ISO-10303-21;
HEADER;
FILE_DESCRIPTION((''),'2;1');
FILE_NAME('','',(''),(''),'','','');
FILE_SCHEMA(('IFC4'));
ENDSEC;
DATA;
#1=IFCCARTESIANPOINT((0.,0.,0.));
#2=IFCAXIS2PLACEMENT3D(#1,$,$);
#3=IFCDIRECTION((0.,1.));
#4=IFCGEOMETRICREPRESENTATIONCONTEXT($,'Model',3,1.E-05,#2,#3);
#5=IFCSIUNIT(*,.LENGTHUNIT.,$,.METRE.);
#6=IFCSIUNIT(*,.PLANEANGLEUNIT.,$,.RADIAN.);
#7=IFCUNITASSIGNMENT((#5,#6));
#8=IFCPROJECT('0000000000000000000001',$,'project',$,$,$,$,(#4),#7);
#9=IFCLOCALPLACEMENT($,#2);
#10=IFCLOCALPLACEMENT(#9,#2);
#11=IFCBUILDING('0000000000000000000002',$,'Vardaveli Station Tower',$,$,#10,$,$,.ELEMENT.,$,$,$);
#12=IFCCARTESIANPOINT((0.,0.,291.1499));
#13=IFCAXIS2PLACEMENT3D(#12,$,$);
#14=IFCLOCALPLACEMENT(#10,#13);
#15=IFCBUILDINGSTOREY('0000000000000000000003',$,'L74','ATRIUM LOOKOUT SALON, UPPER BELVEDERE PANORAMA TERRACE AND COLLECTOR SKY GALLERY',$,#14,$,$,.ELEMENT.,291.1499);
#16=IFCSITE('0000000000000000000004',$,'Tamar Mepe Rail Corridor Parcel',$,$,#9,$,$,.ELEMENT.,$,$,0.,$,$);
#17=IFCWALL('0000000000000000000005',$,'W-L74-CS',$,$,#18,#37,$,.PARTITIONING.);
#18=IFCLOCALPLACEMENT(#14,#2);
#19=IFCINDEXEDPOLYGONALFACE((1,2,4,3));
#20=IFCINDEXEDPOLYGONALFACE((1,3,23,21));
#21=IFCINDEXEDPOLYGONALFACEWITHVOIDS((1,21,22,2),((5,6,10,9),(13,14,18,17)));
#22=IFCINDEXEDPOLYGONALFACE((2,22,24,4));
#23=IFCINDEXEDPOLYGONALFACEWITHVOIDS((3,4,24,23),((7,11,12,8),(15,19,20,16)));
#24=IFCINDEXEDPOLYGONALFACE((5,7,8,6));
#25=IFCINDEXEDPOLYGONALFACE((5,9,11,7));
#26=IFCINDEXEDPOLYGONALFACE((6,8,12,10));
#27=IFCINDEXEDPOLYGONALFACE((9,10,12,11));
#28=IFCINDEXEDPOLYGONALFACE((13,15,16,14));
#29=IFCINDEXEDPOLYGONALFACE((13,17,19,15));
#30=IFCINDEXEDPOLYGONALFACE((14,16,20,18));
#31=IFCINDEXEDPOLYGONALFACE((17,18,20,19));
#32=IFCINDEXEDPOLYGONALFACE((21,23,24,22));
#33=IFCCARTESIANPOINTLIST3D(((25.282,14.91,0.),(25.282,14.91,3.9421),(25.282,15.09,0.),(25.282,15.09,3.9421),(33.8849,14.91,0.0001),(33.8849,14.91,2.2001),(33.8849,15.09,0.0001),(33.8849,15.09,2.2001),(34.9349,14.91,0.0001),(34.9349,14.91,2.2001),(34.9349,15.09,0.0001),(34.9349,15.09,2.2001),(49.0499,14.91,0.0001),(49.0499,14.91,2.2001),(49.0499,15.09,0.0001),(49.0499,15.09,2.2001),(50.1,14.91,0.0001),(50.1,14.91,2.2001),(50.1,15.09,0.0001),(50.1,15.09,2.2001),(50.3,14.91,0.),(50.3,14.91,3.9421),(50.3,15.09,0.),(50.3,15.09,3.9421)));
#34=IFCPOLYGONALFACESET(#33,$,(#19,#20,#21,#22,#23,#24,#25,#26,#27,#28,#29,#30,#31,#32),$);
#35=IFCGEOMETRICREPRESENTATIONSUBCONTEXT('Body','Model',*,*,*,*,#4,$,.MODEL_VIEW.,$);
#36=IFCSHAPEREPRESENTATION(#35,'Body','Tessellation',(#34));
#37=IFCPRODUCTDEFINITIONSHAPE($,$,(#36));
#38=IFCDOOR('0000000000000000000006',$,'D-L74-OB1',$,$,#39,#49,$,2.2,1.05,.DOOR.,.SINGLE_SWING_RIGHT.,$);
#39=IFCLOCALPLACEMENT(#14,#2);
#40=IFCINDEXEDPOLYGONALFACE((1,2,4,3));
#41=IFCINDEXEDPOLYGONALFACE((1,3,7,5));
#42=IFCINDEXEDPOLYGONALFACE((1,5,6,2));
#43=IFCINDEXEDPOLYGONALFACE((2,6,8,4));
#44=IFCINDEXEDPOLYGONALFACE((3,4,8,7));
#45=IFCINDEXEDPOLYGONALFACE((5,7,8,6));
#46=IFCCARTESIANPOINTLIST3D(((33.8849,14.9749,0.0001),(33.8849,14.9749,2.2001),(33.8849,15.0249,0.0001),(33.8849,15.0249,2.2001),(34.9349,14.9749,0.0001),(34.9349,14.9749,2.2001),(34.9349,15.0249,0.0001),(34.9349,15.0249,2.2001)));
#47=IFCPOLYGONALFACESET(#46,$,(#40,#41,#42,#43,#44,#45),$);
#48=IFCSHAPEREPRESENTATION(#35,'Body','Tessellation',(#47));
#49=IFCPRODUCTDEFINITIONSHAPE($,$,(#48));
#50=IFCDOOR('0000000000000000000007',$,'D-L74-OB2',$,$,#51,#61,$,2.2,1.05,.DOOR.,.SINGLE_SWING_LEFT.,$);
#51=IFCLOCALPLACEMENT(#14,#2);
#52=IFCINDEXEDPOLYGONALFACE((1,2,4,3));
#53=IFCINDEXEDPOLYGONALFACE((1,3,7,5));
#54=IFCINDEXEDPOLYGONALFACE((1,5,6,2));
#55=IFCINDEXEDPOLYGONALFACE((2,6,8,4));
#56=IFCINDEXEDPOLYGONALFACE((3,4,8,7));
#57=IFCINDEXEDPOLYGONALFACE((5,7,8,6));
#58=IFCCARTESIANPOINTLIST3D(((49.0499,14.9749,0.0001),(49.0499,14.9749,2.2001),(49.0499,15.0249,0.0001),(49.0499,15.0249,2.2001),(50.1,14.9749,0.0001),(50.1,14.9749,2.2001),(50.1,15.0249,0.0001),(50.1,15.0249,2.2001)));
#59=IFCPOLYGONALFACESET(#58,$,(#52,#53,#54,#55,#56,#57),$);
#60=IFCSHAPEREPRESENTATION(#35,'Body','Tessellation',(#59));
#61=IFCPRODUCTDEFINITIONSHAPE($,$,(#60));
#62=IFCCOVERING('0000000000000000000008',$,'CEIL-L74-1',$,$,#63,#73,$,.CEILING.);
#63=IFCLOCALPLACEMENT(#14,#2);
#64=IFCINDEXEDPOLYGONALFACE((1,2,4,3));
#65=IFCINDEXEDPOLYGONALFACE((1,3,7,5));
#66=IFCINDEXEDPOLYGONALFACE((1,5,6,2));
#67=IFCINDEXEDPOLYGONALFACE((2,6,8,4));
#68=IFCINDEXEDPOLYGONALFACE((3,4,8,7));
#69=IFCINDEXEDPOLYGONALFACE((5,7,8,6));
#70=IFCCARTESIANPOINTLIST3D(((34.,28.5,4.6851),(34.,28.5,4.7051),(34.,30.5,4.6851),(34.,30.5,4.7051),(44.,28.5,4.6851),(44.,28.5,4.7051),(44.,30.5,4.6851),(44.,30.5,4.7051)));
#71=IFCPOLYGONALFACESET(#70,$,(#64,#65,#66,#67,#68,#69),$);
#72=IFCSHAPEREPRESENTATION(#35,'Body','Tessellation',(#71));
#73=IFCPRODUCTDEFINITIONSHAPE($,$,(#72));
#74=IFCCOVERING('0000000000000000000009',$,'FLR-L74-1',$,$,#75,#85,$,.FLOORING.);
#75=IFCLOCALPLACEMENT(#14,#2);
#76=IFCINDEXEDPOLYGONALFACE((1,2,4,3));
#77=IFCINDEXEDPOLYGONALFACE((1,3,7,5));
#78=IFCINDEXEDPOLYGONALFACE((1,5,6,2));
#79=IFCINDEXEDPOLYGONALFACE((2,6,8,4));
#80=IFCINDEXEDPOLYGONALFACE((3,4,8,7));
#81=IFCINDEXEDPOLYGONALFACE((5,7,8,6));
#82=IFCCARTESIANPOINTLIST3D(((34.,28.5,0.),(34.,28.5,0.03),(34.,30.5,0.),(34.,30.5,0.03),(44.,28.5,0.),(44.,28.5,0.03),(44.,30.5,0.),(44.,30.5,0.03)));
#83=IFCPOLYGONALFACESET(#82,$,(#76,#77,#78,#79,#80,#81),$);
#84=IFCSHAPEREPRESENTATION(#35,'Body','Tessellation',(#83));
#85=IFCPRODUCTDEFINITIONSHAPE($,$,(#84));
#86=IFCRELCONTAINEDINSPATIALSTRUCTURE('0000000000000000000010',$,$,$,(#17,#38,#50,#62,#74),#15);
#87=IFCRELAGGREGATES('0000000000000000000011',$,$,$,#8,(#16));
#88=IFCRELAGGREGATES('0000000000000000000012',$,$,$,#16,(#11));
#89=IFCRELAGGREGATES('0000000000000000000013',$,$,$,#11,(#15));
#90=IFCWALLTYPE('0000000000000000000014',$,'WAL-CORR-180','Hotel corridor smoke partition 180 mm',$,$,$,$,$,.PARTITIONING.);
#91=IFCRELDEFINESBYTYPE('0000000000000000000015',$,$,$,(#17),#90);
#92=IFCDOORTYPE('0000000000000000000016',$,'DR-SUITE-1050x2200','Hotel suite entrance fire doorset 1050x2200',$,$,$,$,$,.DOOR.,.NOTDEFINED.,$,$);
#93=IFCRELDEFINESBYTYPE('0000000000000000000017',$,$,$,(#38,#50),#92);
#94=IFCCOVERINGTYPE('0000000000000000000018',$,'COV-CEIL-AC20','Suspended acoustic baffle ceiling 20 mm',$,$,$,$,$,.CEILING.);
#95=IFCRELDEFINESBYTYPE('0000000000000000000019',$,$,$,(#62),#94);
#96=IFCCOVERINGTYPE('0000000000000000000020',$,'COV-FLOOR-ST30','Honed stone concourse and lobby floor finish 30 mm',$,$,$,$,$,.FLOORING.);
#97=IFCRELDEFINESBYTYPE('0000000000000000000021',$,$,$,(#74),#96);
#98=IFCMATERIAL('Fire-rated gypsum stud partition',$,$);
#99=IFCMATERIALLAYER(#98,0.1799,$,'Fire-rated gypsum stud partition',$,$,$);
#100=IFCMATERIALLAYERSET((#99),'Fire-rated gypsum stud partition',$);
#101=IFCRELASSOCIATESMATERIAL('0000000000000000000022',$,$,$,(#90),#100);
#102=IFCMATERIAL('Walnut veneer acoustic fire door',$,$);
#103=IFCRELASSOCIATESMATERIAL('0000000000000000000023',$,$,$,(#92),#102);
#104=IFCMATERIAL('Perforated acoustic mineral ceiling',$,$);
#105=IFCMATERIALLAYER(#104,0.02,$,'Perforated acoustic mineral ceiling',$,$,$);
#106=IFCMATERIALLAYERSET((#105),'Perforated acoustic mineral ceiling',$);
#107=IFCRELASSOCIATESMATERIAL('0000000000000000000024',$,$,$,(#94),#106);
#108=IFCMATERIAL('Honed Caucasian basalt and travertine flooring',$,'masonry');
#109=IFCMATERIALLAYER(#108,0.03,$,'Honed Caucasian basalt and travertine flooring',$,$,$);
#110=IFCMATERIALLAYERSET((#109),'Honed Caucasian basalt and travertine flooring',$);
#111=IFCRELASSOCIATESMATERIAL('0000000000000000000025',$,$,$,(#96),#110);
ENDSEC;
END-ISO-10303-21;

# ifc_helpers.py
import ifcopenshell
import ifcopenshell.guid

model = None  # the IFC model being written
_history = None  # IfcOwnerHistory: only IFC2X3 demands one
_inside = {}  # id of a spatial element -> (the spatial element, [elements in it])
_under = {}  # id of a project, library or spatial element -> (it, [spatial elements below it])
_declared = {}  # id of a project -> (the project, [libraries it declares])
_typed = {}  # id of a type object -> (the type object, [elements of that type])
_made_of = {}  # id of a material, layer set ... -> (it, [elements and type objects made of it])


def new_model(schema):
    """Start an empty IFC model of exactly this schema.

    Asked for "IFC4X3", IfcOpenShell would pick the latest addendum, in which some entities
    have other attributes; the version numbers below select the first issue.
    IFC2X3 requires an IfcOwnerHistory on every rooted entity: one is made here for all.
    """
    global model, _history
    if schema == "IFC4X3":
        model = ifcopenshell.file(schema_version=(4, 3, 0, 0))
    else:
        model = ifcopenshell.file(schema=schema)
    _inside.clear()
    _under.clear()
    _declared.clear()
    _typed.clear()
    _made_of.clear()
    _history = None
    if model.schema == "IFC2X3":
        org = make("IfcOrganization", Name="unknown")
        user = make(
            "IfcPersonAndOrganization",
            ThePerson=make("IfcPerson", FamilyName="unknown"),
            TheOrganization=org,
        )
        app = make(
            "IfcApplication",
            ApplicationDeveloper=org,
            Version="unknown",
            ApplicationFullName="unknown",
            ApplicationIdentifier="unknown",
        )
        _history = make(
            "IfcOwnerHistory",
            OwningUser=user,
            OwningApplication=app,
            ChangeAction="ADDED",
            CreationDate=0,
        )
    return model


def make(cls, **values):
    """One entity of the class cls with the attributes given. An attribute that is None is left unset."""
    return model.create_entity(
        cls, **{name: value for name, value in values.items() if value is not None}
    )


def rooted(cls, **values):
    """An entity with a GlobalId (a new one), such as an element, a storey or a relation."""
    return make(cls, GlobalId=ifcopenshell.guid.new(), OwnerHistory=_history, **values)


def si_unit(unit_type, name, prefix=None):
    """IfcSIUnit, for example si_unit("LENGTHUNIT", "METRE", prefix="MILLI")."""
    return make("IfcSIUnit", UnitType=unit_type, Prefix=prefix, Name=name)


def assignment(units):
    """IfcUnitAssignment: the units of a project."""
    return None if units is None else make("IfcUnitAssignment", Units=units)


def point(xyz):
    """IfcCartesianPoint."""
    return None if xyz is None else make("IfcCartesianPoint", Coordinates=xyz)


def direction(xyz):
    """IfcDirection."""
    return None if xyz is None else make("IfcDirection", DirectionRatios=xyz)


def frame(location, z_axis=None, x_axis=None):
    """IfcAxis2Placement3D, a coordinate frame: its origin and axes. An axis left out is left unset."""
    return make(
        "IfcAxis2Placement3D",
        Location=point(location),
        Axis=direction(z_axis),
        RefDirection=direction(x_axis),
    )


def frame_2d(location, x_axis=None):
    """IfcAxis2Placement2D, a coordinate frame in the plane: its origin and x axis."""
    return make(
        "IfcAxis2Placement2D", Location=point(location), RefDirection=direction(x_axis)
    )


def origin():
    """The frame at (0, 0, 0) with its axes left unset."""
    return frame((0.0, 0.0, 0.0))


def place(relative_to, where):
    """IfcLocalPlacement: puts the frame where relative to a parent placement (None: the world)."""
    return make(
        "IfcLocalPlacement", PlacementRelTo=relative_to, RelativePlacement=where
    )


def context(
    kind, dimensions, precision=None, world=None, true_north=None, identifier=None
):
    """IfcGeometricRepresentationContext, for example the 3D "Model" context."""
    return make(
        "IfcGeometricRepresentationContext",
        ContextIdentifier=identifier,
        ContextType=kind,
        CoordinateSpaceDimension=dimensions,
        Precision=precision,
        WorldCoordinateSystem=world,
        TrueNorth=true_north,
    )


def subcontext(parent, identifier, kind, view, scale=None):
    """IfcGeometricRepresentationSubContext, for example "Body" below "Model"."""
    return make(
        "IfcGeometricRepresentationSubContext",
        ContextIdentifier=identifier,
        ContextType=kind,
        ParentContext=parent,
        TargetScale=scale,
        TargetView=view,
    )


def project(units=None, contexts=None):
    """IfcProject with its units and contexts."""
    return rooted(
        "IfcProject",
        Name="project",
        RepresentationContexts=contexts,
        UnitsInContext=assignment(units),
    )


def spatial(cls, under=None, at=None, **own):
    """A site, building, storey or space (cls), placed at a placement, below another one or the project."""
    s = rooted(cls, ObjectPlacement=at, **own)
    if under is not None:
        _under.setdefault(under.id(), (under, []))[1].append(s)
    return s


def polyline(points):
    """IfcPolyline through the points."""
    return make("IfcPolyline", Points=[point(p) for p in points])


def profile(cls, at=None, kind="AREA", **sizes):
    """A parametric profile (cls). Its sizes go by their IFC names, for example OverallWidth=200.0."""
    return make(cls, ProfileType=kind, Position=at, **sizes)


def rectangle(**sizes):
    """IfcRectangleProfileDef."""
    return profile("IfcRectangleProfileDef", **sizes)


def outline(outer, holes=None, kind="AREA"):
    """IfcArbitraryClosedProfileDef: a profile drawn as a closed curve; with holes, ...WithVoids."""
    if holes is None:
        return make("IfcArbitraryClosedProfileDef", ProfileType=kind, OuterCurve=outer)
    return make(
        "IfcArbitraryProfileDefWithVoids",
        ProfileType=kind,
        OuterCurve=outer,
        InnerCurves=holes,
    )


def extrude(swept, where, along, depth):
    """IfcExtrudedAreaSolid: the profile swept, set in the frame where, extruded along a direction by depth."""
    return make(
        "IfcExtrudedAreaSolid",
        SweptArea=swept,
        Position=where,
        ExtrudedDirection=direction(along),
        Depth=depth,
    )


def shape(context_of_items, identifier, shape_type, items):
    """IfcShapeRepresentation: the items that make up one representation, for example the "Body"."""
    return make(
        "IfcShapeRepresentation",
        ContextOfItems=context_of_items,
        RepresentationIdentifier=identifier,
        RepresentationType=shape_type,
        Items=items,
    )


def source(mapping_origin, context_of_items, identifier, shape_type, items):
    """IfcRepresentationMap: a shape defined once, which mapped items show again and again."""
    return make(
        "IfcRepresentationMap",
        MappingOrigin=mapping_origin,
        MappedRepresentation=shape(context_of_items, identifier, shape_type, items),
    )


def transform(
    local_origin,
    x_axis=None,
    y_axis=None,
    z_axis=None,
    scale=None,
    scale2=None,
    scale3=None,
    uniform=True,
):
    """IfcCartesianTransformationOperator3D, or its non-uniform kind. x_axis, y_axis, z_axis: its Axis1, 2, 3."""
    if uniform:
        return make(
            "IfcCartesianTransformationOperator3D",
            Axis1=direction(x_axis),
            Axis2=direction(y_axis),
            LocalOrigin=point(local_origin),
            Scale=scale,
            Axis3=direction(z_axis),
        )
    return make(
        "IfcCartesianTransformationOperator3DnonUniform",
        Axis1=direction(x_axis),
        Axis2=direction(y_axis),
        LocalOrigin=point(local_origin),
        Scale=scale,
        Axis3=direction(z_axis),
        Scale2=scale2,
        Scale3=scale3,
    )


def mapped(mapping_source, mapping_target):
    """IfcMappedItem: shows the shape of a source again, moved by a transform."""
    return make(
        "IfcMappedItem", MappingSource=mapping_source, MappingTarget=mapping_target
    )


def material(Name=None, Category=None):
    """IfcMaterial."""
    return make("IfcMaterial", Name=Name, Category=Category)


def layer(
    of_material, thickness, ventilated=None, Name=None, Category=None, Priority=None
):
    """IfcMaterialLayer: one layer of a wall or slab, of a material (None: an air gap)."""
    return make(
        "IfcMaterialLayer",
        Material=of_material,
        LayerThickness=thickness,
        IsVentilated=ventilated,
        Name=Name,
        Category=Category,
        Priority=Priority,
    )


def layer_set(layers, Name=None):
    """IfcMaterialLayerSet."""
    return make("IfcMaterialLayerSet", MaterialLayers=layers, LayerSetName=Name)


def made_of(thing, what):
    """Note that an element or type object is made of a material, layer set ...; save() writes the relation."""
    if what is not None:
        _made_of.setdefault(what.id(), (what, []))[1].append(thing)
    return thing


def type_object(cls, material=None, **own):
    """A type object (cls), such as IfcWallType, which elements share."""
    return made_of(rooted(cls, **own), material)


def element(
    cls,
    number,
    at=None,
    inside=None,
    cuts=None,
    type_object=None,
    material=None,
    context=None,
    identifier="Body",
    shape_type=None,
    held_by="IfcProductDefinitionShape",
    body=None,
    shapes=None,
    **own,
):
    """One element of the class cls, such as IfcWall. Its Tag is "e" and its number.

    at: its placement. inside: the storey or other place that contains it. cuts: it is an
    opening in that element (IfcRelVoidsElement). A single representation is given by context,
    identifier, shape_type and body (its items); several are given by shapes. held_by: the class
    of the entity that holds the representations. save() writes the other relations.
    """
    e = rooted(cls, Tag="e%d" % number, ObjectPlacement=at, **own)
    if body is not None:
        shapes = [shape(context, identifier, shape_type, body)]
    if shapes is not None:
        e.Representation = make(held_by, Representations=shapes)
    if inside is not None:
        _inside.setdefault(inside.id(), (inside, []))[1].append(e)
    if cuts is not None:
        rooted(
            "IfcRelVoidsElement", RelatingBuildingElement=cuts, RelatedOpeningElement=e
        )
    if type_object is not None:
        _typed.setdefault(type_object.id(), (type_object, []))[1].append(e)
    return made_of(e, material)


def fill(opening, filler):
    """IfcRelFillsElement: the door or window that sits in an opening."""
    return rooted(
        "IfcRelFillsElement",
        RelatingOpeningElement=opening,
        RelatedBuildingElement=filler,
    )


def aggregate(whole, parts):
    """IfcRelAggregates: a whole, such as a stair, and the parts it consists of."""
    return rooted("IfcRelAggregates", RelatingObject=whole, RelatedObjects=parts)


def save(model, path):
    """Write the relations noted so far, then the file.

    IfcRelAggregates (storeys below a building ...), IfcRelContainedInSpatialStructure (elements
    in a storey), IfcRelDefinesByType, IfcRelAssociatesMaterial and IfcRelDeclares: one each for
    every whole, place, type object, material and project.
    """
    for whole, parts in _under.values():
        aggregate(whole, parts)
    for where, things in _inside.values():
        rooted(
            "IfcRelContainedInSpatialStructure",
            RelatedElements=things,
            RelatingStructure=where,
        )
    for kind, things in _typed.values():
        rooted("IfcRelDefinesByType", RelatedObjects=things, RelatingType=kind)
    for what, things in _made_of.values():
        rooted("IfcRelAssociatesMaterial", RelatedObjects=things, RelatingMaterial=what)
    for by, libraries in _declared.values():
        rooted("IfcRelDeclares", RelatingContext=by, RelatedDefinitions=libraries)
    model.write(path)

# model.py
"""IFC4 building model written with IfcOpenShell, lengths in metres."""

from ifc_helpers import new_model, si_unit, direction, frame, frame_2d, origin, place, context, subcontext, project, spatial, polyline, rectangle, outline, extrude, source, transform, mapped, material, layer, layer_set, type_object, element, fill, save


model = new_model("IFC4")

# Units and contexts
model_context = context("Model", 3, precision=1e-05, world=origin(), true_north=direction((0.0, 1.0)))
body_context = subcontext(model_context, "Body", "Model", "MODEL_VIEW")
ifc_project = project(units=[si_unit("LENGTHUNIT", "METRE"), si_unit("PLANEANGLEUNIT", "RADIAN")], contexts=[model_context])

# Site, building, storey
site_placement = place(None, origin())
site = spatial("IfcSite", under=ifc_project, at=site_placement, Name="Tamar Mepe Rail Corridor Parcel", CompositionType="ELEMENT", RefElevation=0.0)
building_placement = place(site_placement, origin())
building = spatial("IfcBuilding", under=site, at=building_placement, Name="Vardaveli Station Tower", CompositionType="ELEMENT")
storey_placement = place(building_placement, frame((0.0, 0.0, 291.1499)))
storey = spatial("IfcBuildingStorey", under=building, at=storey_placement, Name="L74", Description="ATRIUM LOOKOUT SALON, UPPER BELVEDERE PANORAMA TERRACE AND COLLECTOR SKY GALLERY", CompositionType="ELEMENT", Elevation=291.1499)

# Wall, openings, doors
ifc_material_1 = material(Name="Fire-rated gypsum stud partition")
ifc_layer_1 = layer(ifc_material_1, 0.1799, Name="Fire-rated gypsum stud partition")
ifc_layer_set_1 = layer_set([ifc_layer_1], Name="Fire-rated gypsum stud partition")
wall_type_1 = type_object("IfcWallType", Name="WAL-CORR-180", Description="Hotel corridor smoke partition 180 mm", PredefinedType="PARTITIONING", material=ifc_layer_set_1)
shared_shape_1 = source(origin(), body_context, "Body", "SweptSolid", [
    extrude(rectangle(XDim=25.0181, YDim=0.1799, at=frame_2d((12.509, 0.0))), origin(), (0.0, 0.0, 1.0), 3.9421),
])
wall_1_placement = place(storey_placement, frame((25.282, 15.0, 0.0), z_axis=(0.0, 0.0, 1.0), x_axis=(1.0, 0.0, 0.0)))
wall_1 = element("IfcWall", 1, at=wall_1_placement, inside=storey, type_object=wall_type_1, Name="W-L74-CS", PredefinedType="PARTITIONING", context=body_context, shape_type="MappedRepresentation", body=[
    mapped(shared_shape_1, transform((0.0, 0.0, 0.0), scale=1.0)),
])
shared_shape_2 = source(origin(), body_context, "Body", "SweptSolid", [
    extrude(rectangle(XDim=1.05, YDim=2.2, at=frame_2d((0.5249, 1.1001))), frame((0.0, 0.1001, 0.0), z_axis=(0.0, -1.0, 0.0), x_axis=(1.0, 0.0, 0.0)), (0.0, 0.0, 1.0), 0.2),
])
opening_1_placement = place(wall_1_placement, frame((8.603, 0.0, 0.0)))
opening_1 = element("IfcOpeningElement", 2, at=opening_1_placement, cuts=wall_1, PredefinedType="OPENING", context=body_context, shape_type="MappedRepresentation", body=[
    mapped(shared_shape_2, transform((0.0, 0.0, 0.0), scale=1.0)),
])
opening_2_placement = place(wall_1_placement, frame((23.7681, 0.0, 0.0)))
opening_2 = element("IfcOpeningElement", 3, at=opening_2_placement, cuts=wall_1, PredefinedType="OPENING", context=body_context, shape_type="MappedRepresentation", body=[
    mapped(shared_shape_2, transform((0.0, 0.0, 0.0), scale=1.0)),
])
ifc_material_2 = material(Name="Walnut veneer acoustic fire door")
door_type = type_object("IfcDoorType", Name="DR-SUITE-1050x2200", Description="Hotel suite entrance fire doorset 1050x2200", OperationType="NOTDEFINED", PredefinedType="DOOR", material=ifc_material_2)
shared_shape_3 = source(origin(), body_context, "Body", "SweptSolid", [
    extrude(rectangle(XDim=1.05, YDim=2.2, at=frame_2d((0.5249, 1.1001))), frame((0.0, 0.0249, 0.0), z_axis=(0.0, -1.0, 0.0), x_axis=(1.0, 0.0, 0.0)), (0.0, 0.0, 1.0), 0.05),
])
door_1_placement = place(opening_1_placement, origin())
door_1 = element("IfcDoor", 4, at=door_1_placement, inside=storey, type_object=door_type, Name="D-L74-OB1", OperationType="SINGLE_SWING_RIGHT", OverallHeight=2.2, OverallWidth=1.05, PredefinedType="DOOR", context=body_context, shape_type="MappedRepresentation", body=[
    mapped(shared_shape_3, transform((0.0, 0.0, 0.0), scale=1.0)),
])
fill(opening_1, door_1)
door_2_placement = place(opening_2_placement, origin())
door_2 = element("IfcDoor", 5, at=door_2_placement, inside=storey, type_object=door_type, Name="D-L74-OB2", OperationType="SINGLE_SWING_LEFT", OverallHeight=2.2, OverallWidth=1.05, PredefinedType="DOOR", context=body_context, shape_type="MappedRepresentation", body=[
    mapped(shared_shape_3, transform((0.0, 0.0, 0.0), scale=1.0)),
])
fill(opening_2, door_2)

# Coverings
ifc_material_3 = material(Name="Perforated acoustic mineral ceiling")
ifc_layer_2 = layer(ifc_material_3, 0.02, Name="Perforated acoustic mineral ceiling")
ifc_layer_set_2 = layer_set([ifc_layer_2], Name="Perforated acoustic mineral ceiling")
covering_type_1 = type_object("IfcCoveringType", Name="COV-CEIL-AC20", Description="Suspended acoustic baffle ceiling 20 mm", PredefinedType="CEILING", material=ifc_layer_set_2)
covering_1_placement = place(storey_placement, frame((0.0, 0.0, 4.6851)))
element("IfcCovering", 6, at=covering_1_placement, inside=storey, type_object=covering_type_1, Name="CEIL-L74-1", PredefinedType="CEILING", context=body_context, shape_type="SweptSolid", body=[
    extrude(outline(polyline([(34.0, 28.5), (44.0, 28.5), (44.0, 30.5), (34.0, 30.5), (34.0, 28.5)])), origin(), (0.0, 0.0, 1.0), 0.02),
])
ifc_material_4 = material(Name="Honed Caucasian basalt and travertine flooring", Category="masonry")
ifc_layer_3 = layer(ifc_material_4, 0.03, Name="Honed Caucasian basalt and travertine flooring")
ifc_layer_set_3 = layer_set([ifc_layer_3], Name="Honed Caucasian basalt and travertine flooring")
covering_type_2 = type_object("IfcCoveringType", Name="COV-FLOOR-ST30", Description="Honed stone concourse and lobby floor finish 30 mm", PredefinedType="FLOORING", material=ifc_layer_set_3)
covering_2_placement = place(storey_placement, origin())
element("IfcCovering", 7, at=covering_2_placement, inside=storey, type_object=covering_type_2, Name="FLR-L74-1", PredefinedType="FLOORING", context=body_context, shape_type="SweptSolid", body=[
    extrude(outline(polyline([(34.0, 28.5), (44.0, 28.5), (44.0, 30.5), (34.0, 30.5), (34.0, 28.5)])), origin(), (0.0, 0.0, 1.0), 0.03),
])

save(model, "model.ifc")
